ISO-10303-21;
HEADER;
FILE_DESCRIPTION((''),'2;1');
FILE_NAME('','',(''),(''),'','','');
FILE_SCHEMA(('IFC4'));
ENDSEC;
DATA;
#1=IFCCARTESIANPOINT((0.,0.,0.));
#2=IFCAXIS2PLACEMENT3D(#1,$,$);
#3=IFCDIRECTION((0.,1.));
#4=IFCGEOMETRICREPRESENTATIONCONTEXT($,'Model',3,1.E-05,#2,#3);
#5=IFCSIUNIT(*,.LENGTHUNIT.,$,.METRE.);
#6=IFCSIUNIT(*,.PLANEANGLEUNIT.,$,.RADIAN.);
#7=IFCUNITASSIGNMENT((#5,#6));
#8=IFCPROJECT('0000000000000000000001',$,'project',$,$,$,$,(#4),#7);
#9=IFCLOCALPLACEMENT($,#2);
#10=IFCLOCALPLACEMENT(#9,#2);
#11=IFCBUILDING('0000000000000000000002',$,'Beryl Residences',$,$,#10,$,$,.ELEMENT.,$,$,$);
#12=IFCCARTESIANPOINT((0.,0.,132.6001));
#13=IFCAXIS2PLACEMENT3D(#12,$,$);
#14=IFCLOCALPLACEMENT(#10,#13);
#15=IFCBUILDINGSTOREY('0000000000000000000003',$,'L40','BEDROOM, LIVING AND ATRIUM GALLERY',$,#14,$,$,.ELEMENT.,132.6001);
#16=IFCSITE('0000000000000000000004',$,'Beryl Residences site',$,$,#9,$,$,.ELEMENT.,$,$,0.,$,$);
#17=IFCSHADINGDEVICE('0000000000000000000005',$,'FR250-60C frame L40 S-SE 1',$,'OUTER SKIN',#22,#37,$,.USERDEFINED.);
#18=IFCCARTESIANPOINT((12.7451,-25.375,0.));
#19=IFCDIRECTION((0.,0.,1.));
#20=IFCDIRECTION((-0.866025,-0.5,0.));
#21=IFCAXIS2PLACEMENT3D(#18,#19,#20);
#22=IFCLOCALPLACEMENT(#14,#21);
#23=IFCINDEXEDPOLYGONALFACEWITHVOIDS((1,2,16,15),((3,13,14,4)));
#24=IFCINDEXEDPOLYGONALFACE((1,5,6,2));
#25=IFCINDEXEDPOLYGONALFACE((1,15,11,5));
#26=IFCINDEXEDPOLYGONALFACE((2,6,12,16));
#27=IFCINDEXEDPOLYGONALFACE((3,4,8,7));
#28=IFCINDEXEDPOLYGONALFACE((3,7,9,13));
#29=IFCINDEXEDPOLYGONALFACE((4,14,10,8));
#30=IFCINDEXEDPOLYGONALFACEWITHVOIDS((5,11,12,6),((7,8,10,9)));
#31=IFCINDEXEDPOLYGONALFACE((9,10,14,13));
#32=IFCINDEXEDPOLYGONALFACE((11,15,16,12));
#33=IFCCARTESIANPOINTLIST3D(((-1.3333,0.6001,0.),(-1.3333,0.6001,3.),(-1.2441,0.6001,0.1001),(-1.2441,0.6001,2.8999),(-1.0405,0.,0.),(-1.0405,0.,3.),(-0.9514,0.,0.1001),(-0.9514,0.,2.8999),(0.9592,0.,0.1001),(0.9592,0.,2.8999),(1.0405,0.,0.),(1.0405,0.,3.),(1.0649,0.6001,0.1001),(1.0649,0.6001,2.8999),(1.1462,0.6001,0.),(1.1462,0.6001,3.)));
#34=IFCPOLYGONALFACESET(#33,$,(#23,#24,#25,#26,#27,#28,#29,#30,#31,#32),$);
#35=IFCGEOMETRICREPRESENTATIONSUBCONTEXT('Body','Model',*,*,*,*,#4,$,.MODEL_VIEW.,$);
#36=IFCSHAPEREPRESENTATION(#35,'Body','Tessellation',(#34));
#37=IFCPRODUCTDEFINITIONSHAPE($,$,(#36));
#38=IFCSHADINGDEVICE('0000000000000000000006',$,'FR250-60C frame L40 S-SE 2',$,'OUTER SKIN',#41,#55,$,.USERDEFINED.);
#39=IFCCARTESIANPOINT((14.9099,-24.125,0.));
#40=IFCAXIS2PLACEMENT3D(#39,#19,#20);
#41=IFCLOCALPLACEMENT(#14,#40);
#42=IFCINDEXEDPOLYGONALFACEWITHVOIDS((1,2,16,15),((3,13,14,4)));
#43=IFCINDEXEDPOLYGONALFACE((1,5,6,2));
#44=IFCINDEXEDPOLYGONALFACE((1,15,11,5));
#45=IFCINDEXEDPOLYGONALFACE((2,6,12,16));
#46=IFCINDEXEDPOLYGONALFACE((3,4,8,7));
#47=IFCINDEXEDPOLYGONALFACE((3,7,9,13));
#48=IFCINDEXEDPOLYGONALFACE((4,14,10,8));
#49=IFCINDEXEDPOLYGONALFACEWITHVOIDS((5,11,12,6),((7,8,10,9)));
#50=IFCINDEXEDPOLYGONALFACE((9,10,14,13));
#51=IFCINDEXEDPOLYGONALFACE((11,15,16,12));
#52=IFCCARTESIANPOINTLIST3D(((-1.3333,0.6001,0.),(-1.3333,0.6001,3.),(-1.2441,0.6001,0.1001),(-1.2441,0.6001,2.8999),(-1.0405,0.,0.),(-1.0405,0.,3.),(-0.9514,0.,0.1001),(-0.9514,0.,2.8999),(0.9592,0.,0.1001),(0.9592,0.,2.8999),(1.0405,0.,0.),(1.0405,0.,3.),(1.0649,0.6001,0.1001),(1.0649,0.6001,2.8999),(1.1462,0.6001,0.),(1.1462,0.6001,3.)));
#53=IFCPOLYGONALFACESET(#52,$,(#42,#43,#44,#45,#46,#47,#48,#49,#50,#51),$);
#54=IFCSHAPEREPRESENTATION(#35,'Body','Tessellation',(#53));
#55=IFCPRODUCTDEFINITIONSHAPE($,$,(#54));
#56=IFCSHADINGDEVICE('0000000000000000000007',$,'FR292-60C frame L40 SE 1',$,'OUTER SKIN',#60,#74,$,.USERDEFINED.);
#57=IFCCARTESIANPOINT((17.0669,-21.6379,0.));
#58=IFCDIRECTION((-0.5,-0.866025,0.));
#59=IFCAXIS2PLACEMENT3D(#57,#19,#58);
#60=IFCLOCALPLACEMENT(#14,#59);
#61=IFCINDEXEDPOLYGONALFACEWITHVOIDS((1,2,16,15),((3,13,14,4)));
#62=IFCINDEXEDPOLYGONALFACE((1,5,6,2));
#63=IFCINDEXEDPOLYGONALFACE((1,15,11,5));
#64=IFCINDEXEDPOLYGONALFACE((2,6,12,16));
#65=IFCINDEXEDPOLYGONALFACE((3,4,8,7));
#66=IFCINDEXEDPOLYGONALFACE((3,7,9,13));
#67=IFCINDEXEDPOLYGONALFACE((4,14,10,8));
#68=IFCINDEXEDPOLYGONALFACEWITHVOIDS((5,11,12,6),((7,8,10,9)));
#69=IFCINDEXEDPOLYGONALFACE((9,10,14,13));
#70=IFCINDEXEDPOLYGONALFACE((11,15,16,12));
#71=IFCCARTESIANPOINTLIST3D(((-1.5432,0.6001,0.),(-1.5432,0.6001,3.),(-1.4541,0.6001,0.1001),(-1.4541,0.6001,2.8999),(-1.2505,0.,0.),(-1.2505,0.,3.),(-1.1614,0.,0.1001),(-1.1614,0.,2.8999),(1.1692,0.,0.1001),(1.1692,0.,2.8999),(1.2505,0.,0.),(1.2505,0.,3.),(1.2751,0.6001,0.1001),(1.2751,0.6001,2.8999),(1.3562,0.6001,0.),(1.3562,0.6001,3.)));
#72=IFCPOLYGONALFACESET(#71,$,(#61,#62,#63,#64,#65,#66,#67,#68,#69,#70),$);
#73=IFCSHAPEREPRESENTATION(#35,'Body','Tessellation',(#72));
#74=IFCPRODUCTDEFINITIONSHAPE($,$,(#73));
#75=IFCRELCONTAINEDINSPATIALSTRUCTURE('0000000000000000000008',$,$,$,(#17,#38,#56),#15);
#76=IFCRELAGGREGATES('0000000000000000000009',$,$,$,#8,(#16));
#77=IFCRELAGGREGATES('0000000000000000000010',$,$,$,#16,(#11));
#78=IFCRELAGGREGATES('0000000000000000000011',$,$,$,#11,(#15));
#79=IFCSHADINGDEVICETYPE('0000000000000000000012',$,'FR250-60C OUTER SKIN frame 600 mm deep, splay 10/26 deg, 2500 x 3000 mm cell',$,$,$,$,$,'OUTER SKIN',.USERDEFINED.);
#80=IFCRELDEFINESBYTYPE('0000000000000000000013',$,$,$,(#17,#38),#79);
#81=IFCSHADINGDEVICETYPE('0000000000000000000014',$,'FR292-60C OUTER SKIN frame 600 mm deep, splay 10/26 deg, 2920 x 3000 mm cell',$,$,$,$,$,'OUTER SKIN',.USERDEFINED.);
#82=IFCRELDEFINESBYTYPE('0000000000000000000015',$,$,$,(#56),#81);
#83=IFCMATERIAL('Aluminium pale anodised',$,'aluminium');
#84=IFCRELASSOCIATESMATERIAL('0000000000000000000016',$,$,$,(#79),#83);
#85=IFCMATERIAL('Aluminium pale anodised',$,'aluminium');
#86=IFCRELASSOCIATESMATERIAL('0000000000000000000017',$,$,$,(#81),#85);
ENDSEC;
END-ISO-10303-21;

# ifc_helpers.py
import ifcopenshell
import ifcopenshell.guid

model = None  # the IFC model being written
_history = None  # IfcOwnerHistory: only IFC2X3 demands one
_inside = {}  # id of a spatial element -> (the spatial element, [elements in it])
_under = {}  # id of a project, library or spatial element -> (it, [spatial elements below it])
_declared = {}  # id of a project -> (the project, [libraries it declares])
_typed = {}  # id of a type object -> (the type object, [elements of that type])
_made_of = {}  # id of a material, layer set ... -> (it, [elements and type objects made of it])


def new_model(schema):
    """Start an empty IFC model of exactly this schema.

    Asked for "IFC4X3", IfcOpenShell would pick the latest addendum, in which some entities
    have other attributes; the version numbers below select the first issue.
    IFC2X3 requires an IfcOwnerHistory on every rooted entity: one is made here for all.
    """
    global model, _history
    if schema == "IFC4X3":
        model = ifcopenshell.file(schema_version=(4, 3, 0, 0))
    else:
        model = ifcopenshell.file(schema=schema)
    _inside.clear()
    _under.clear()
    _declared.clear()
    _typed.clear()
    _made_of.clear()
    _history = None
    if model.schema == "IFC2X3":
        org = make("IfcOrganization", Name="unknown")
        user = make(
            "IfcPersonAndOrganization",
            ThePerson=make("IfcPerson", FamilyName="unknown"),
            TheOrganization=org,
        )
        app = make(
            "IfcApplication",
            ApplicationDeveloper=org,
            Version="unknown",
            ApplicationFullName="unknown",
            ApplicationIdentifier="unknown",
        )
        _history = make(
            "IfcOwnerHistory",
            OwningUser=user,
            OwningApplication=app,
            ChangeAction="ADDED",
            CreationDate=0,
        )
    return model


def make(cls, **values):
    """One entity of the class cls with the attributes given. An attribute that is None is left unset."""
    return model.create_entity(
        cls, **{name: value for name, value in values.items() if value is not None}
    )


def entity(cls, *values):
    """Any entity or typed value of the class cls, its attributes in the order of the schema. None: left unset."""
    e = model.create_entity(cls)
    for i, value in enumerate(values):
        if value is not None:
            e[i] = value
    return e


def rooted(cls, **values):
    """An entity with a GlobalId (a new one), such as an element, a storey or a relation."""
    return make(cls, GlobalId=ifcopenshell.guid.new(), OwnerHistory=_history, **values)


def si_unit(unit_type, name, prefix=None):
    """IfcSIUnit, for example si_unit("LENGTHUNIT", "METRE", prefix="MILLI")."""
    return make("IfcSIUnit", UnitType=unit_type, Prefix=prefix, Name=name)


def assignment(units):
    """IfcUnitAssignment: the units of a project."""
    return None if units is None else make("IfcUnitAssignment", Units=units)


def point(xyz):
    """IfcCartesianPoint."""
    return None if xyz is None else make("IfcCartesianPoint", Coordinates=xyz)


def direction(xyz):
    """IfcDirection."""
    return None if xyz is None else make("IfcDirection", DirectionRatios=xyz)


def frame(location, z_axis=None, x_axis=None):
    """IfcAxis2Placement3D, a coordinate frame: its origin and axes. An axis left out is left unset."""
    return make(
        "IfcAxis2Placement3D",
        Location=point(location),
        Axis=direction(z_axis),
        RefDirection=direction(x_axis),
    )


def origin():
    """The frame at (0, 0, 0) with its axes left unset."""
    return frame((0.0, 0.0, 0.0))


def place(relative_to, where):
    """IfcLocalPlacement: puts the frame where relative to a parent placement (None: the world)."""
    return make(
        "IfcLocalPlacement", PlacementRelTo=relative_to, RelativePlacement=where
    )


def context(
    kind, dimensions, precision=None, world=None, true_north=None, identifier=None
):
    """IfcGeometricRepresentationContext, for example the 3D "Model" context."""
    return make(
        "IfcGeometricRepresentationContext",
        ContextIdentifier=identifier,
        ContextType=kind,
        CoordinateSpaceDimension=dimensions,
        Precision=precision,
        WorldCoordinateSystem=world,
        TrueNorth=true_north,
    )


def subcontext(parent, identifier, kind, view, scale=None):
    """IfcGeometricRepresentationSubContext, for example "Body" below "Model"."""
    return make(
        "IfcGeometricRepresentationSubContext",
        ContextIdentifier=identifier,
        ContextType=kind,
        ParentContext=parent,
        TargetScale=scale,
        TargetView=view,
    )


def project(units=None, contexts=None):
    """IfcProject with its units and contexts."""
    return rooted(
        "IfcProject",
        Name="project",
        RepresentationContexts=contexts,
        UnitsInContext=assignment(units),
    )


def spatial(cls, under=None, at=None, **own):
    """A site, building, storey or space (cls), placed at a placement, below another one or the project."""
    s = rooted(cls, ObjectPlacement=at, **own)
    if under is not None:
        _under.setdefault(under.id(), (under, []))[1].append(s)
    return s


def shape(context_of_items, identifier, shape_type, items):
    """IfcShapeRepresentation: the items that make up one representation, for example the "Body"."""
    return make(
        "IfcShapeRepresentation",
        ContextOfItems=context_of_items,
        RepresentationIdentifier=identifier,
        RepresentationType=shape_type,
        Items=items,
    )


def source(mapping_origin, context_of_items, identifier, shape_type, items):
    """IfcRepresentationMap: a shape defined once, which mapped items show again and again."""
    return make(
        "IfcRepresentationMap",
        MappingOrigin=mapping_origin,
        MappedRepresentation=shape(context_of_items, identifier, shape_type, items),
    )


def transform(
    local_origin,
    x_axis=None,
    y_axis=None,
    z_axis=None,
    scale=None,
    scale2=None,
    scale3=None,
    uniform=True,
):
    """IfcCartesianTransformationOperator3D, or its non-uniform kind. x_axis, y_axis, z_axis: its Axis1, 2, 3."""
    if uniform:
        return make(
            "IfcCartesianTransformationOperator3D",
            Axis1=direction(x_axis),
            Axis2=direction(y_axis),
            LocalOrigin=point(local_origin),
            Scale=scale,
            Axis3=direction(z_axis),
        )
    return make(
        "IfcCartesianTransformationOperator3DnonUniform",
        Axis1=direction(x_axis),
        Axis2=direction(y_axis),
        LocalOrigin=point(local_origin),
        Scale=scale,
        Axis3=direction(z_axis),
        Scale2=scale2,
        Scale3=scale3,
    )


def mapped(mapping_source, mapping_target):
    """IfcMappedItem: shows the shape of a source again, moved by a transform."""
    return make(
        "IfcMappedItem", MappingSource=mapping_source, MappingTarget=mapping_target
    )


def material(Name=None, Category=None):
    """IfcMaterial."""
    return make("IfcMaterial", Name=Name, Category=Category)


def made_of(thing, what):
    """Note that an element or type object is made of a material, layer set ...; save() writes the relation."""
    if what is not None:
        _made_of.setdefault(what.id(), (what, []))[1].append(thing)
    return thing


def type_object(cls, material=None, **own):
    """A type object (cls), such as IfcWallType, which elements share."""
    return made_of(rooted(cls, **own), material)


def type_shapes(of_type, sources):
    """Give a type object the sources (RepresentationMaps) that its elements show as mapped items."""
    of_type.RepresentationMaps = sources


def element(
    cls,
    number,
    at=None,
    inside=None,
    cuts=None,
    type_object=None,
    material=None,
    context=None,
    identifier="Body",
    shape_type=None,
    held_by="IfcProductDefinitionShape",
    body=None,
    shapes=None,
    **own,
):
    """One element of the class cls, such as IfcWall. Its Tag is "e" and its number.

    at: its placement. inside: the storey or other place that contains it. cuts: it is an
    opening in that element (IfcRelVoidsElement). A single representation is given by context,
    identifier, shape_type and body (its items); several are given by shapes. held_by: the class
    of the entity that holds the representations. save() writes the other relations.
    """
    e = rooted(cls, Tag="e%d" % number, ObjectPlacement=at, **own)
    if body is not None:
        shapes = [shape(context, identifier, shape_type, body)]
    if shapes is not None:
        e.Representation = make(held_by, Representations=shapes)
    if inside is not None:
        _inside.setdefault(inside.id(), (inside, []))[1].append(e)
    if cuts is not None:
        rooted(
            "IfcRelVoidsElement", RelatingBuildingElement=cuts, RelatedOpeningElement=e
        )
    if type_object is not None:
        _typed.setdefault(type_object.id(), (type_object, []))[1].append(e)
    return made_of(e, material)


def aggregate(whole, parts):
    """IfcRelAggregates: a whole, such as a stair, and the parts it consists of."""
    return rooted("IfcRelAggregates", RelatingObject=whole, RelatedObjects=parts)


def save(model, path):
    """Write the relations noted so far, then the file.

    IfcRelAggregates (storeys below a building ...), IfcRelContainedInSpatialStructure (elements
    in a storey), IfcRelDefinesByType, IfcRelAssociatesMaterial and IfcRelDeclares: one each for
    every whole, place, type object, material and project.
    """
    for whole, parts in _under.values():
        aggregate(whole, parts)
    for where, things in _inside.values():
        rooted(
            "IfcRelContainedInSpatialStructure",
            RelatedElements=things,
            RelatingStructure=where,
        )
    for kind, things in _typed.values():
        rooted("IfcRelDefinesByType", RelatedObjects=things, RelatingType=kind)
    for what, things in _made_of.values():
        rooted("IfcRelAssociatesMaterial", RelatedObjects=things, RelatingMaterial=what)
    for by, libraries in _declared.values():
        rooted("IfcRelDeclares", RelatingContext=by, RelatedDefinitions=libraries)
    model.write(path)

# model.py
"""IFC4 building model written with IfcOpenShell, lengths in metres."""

from ifc_helpers import new_model, entity, si_unit, direction, frame, origin, place, context, subcontext, project, spatial, source, transform, mapped, material, type_object, type_shapes, element, save


model = new_model("IFC4")

# Units and contexts
model_context = context("Model", 3, precision=1e-05, world=origin(), true_north=direction((0.0, 1.0)))
body_context = subcontext(model_context, "Body", "Model", "MODEL_VIEW")
ifc_project = project(units=[si_unit("LENGTHUNIT", "METRE"), si_unit("PLANEANGLEUNIT", "RADIAN")], contexts=[model_context])

# Site, building, storey
site_placement = place(None, origin())
site = spatial("IfcSite", under=ifc_project, at=site_placement, Name="Beryl Residences site", CompositionType="ELEMENT", RefElevation=0.0)
building_placement = place(site_placement, origin())
building = spatial("IfcBuilding", under=site, at=building_placement, Name="Beryl Residences", CompositionType="ELEMENT")
storey_placement = place(building_placement, frame((0.0, 0.0, 132.6001)))
storey = spatial("IfcBuildingStorey", under=building, at=storey_placement, Name="L40", Description="BEDROOM, LIVING AND ATRIUM GALLERY", CompositionType="ELEMENT", Elevation=132.6001)

# Shading devices
ifc_material_1 = material(Name="Aluminium pale anodised", Category="aluminium")
shading_device_type_1 = type_object("IfcShadingDeviceType", Name="FR250-60C OUTER SKIN frame 600 mm deep, splay 10/26 deg, 2500 x 3000 mm cell", ElementType="OUTER SKIN", PredefinedType="USERDEFINED", material=ifc_material_1)
cartesian_point_1 = entity("IfcCartesianPoint", [-1.0405, 0.0])
cartesian_point_2 = entity("IfcCartesianPoint", [-0.9592, 0.1001])
cartesian_point_3 = entity("IfcCartesianPoint", [-1.1462, 0.0])
cartesian_point_4 = entity("IfcCartesianPoint", [-1.0649, 0.1001])
shared_shape_1 = source(origin(), body_context, "Body", "SweptSolid", [
    entity("IfcExtrudedAreaSolidTapered", entity("IfcArbitraryProfileDefWithVoids", "AREA", None, entity("IfcPolyline", [cartesian_point_1, entity("IfcCartesianPoint", [1.0405, 0.0]), entity("IfcCartesianPoint", [1.0405, 3.0]), entity("IfcCartesianPoint", [-1.0405, 3.0]), cartesian_point_1]), [entity("IfcPolyline", [cartesian_point_2, entity("IfcCartesianPoint", [0.9514, 0.1001]), entity("IfcCartesianPoint", [0.9514, 2.8999]), entity("IfcCartesianPoint", [-0.9592, 2.8999]), cartesian_point_2])]), entity("IfcAxis2Placement3D", entity("IfcCartesianPoint", [0.0, 0.0, 0.0]), entity("IfcDirection", [0.0, 1.0, 0.0]), entity("IfcDirection", [-1.0, 0.0, 0.0])), entity("IfcDirection", [0.0, 0.0, 1.0]), 0.6001, entity("IfcArbitraryProfileDefWithVoids", "AREA", None, entity("IfcPolyline", [cartesian_point_3, entity("IfcCartesianPoint", [1.3333, 0.0]), entity("IfcCartesianPoint", [1.3333, 3.0]), entity("IfcCartesianPoint", [-1.1462, 3.0]), cartesian_point_3]), [entity("IfcPolyline", [cartesian_point_4, entity("IfcCartesianPoint", [1.2441, 0.1001]), entity("IfcCartesianPoint", [1.2441, 2.8999]), entity("IfcCartesianPoint", [-1.0649, 2.8999]), cartesian_point_4])])),
])
type_shapes(shading_device_type_1, [shared_shape_1])
for number, where, z_axis, x_axis, name in (
    (1, (12.7451, -25.375, 0.0), (0.0, 0.0, 1.0), (-0.866025, -0.5, 0.0), "FR250-60C frame L40 S-SE 1"),
    (2, (14.9099, -24.125, 0.0), (0.0, 0.0, 1.0), (-0.866025, -0.5, 0.0), "FR250-60C frame L40 S-SE 2"),
):
    element("IfcShadingDevice", number, at=place(storey_placement, frame(where, z_axis=z_axis, x_axis=x_axis)), inside=storey, type_object=shading_device_type_1, Name=name, ObjectType="OUTER SKIN", PredefinedType="USERDEFINED", context=body_context, shape_type="MappedRepresentation", body=[
        mapped(shared_shape_1, transform((0.0, 0.0, 0.0))),
    ])
ifc_material_2 = material(Name="Aluminium pale anodised", Category="aluminium")
shading_device_type_2 = type_object("IfcShadingDeviceType", Name="FR292-60C OUTER SKIN frame 600 mm deep, splay 10/26 deg, 2920 x 3000 mm cell", ElementType="OUTER SKIN", PredefinedType="USERDEFINED", material=ifc_material_2)
cartesian_point_5 = entity("IfcCartesianPoint", [-1.2505, 0.0])
cartesian_point_6 = entity("IfcCartesianPoint", [-1.1692, 0.1001])
cartesian_point_7 = entity("IfcCartesianPoint", [-1.3562, 0.0])
cartesian_point_8 = entity("IfcCartesianPoint", [-1.2751, 0.1001])
shared_shape_2 = source(origin(), body_context, "Body", "SweptSolid", [
    entity("IfcExtrudedAreaSolidTapered", entity("IfcArbitraryProfileDefWithVoids", "AREA", None, entity("IfcPolyline", [cartesian_point_5, entity("IfcCartesianPoint", [1.2505, 0.0]), entity("IfcCartesianPoint", [1.2505, 3.0]), entity("IfcCartesianPoint", [-1.2505, 3.0]), cartesian_point_5]), [entity("IfcPolyline", [cartesian_point_6, entity("IfcCartesianPoint", [1.1614, 0.1001]), entity("IfcCartesianPoint", [1.1614, 2.8999]), entity("IfcCartesianPoint", [-1.1692, 2.8999]), cartesian_point_6])]), entity("IfcAxis2Placement3D", entity("IfcCartesianPoint", [0.0, 0.0, 0.0]), entity("IfcDirection", [0.0, 1.0, 0.0]), entity("IfcDirection", [-1.0, 0.0, 0.0])), entity("IfcDirection", [0.0, 0.0, 1.0]), 0.6001, entity("IfcArbitraryProfileDefWithVoids", "AREA", None, entity("IfcPolyline", [cartesian_point_7, entity("IfcCartesianPoint", [1.5432, 0.0]), entity("IfcCartesianPoint", [1.5432, 3.0]), entity("IfcCartesianPoint", [-1.3562, 3.0]), cartesian_point_7]), [entity("IfcPolyline", [cartesian_point_8, entity("IfcCartesianPoint", [1.4541, 0.1001]), entity("IfcCartesianPoint", [1.4541, 2.8999]), entity("IfcCartesianPoint", [-1.2751, 2.8999]), cartesian_point_8])])),
])
type_shapes(shading_device_type_2, [shared_shape_2])
shading_device_placement = place(storey_placement, frame((17.0669, -21.6379, 0.0), z_axis=(0.0, 0.0, 1.0), x_axis=(-0.5, -0.866025, 0.0)))
element("IfcShadingDevice", 3, at=shading_device_placement, inside=storey, type_object=shading_device_type_2, Name="FR292-60C frame L40 SE 1", ObjectType="OUTER SKIN", PredefinedType="USERDEFINED", context=body_context, shape_type="MappedRepresentation", body=[
    mapped(shared_shape_2, transform((0.0, 0.0, 0.0))),
])

save(model, "model.ifc")
